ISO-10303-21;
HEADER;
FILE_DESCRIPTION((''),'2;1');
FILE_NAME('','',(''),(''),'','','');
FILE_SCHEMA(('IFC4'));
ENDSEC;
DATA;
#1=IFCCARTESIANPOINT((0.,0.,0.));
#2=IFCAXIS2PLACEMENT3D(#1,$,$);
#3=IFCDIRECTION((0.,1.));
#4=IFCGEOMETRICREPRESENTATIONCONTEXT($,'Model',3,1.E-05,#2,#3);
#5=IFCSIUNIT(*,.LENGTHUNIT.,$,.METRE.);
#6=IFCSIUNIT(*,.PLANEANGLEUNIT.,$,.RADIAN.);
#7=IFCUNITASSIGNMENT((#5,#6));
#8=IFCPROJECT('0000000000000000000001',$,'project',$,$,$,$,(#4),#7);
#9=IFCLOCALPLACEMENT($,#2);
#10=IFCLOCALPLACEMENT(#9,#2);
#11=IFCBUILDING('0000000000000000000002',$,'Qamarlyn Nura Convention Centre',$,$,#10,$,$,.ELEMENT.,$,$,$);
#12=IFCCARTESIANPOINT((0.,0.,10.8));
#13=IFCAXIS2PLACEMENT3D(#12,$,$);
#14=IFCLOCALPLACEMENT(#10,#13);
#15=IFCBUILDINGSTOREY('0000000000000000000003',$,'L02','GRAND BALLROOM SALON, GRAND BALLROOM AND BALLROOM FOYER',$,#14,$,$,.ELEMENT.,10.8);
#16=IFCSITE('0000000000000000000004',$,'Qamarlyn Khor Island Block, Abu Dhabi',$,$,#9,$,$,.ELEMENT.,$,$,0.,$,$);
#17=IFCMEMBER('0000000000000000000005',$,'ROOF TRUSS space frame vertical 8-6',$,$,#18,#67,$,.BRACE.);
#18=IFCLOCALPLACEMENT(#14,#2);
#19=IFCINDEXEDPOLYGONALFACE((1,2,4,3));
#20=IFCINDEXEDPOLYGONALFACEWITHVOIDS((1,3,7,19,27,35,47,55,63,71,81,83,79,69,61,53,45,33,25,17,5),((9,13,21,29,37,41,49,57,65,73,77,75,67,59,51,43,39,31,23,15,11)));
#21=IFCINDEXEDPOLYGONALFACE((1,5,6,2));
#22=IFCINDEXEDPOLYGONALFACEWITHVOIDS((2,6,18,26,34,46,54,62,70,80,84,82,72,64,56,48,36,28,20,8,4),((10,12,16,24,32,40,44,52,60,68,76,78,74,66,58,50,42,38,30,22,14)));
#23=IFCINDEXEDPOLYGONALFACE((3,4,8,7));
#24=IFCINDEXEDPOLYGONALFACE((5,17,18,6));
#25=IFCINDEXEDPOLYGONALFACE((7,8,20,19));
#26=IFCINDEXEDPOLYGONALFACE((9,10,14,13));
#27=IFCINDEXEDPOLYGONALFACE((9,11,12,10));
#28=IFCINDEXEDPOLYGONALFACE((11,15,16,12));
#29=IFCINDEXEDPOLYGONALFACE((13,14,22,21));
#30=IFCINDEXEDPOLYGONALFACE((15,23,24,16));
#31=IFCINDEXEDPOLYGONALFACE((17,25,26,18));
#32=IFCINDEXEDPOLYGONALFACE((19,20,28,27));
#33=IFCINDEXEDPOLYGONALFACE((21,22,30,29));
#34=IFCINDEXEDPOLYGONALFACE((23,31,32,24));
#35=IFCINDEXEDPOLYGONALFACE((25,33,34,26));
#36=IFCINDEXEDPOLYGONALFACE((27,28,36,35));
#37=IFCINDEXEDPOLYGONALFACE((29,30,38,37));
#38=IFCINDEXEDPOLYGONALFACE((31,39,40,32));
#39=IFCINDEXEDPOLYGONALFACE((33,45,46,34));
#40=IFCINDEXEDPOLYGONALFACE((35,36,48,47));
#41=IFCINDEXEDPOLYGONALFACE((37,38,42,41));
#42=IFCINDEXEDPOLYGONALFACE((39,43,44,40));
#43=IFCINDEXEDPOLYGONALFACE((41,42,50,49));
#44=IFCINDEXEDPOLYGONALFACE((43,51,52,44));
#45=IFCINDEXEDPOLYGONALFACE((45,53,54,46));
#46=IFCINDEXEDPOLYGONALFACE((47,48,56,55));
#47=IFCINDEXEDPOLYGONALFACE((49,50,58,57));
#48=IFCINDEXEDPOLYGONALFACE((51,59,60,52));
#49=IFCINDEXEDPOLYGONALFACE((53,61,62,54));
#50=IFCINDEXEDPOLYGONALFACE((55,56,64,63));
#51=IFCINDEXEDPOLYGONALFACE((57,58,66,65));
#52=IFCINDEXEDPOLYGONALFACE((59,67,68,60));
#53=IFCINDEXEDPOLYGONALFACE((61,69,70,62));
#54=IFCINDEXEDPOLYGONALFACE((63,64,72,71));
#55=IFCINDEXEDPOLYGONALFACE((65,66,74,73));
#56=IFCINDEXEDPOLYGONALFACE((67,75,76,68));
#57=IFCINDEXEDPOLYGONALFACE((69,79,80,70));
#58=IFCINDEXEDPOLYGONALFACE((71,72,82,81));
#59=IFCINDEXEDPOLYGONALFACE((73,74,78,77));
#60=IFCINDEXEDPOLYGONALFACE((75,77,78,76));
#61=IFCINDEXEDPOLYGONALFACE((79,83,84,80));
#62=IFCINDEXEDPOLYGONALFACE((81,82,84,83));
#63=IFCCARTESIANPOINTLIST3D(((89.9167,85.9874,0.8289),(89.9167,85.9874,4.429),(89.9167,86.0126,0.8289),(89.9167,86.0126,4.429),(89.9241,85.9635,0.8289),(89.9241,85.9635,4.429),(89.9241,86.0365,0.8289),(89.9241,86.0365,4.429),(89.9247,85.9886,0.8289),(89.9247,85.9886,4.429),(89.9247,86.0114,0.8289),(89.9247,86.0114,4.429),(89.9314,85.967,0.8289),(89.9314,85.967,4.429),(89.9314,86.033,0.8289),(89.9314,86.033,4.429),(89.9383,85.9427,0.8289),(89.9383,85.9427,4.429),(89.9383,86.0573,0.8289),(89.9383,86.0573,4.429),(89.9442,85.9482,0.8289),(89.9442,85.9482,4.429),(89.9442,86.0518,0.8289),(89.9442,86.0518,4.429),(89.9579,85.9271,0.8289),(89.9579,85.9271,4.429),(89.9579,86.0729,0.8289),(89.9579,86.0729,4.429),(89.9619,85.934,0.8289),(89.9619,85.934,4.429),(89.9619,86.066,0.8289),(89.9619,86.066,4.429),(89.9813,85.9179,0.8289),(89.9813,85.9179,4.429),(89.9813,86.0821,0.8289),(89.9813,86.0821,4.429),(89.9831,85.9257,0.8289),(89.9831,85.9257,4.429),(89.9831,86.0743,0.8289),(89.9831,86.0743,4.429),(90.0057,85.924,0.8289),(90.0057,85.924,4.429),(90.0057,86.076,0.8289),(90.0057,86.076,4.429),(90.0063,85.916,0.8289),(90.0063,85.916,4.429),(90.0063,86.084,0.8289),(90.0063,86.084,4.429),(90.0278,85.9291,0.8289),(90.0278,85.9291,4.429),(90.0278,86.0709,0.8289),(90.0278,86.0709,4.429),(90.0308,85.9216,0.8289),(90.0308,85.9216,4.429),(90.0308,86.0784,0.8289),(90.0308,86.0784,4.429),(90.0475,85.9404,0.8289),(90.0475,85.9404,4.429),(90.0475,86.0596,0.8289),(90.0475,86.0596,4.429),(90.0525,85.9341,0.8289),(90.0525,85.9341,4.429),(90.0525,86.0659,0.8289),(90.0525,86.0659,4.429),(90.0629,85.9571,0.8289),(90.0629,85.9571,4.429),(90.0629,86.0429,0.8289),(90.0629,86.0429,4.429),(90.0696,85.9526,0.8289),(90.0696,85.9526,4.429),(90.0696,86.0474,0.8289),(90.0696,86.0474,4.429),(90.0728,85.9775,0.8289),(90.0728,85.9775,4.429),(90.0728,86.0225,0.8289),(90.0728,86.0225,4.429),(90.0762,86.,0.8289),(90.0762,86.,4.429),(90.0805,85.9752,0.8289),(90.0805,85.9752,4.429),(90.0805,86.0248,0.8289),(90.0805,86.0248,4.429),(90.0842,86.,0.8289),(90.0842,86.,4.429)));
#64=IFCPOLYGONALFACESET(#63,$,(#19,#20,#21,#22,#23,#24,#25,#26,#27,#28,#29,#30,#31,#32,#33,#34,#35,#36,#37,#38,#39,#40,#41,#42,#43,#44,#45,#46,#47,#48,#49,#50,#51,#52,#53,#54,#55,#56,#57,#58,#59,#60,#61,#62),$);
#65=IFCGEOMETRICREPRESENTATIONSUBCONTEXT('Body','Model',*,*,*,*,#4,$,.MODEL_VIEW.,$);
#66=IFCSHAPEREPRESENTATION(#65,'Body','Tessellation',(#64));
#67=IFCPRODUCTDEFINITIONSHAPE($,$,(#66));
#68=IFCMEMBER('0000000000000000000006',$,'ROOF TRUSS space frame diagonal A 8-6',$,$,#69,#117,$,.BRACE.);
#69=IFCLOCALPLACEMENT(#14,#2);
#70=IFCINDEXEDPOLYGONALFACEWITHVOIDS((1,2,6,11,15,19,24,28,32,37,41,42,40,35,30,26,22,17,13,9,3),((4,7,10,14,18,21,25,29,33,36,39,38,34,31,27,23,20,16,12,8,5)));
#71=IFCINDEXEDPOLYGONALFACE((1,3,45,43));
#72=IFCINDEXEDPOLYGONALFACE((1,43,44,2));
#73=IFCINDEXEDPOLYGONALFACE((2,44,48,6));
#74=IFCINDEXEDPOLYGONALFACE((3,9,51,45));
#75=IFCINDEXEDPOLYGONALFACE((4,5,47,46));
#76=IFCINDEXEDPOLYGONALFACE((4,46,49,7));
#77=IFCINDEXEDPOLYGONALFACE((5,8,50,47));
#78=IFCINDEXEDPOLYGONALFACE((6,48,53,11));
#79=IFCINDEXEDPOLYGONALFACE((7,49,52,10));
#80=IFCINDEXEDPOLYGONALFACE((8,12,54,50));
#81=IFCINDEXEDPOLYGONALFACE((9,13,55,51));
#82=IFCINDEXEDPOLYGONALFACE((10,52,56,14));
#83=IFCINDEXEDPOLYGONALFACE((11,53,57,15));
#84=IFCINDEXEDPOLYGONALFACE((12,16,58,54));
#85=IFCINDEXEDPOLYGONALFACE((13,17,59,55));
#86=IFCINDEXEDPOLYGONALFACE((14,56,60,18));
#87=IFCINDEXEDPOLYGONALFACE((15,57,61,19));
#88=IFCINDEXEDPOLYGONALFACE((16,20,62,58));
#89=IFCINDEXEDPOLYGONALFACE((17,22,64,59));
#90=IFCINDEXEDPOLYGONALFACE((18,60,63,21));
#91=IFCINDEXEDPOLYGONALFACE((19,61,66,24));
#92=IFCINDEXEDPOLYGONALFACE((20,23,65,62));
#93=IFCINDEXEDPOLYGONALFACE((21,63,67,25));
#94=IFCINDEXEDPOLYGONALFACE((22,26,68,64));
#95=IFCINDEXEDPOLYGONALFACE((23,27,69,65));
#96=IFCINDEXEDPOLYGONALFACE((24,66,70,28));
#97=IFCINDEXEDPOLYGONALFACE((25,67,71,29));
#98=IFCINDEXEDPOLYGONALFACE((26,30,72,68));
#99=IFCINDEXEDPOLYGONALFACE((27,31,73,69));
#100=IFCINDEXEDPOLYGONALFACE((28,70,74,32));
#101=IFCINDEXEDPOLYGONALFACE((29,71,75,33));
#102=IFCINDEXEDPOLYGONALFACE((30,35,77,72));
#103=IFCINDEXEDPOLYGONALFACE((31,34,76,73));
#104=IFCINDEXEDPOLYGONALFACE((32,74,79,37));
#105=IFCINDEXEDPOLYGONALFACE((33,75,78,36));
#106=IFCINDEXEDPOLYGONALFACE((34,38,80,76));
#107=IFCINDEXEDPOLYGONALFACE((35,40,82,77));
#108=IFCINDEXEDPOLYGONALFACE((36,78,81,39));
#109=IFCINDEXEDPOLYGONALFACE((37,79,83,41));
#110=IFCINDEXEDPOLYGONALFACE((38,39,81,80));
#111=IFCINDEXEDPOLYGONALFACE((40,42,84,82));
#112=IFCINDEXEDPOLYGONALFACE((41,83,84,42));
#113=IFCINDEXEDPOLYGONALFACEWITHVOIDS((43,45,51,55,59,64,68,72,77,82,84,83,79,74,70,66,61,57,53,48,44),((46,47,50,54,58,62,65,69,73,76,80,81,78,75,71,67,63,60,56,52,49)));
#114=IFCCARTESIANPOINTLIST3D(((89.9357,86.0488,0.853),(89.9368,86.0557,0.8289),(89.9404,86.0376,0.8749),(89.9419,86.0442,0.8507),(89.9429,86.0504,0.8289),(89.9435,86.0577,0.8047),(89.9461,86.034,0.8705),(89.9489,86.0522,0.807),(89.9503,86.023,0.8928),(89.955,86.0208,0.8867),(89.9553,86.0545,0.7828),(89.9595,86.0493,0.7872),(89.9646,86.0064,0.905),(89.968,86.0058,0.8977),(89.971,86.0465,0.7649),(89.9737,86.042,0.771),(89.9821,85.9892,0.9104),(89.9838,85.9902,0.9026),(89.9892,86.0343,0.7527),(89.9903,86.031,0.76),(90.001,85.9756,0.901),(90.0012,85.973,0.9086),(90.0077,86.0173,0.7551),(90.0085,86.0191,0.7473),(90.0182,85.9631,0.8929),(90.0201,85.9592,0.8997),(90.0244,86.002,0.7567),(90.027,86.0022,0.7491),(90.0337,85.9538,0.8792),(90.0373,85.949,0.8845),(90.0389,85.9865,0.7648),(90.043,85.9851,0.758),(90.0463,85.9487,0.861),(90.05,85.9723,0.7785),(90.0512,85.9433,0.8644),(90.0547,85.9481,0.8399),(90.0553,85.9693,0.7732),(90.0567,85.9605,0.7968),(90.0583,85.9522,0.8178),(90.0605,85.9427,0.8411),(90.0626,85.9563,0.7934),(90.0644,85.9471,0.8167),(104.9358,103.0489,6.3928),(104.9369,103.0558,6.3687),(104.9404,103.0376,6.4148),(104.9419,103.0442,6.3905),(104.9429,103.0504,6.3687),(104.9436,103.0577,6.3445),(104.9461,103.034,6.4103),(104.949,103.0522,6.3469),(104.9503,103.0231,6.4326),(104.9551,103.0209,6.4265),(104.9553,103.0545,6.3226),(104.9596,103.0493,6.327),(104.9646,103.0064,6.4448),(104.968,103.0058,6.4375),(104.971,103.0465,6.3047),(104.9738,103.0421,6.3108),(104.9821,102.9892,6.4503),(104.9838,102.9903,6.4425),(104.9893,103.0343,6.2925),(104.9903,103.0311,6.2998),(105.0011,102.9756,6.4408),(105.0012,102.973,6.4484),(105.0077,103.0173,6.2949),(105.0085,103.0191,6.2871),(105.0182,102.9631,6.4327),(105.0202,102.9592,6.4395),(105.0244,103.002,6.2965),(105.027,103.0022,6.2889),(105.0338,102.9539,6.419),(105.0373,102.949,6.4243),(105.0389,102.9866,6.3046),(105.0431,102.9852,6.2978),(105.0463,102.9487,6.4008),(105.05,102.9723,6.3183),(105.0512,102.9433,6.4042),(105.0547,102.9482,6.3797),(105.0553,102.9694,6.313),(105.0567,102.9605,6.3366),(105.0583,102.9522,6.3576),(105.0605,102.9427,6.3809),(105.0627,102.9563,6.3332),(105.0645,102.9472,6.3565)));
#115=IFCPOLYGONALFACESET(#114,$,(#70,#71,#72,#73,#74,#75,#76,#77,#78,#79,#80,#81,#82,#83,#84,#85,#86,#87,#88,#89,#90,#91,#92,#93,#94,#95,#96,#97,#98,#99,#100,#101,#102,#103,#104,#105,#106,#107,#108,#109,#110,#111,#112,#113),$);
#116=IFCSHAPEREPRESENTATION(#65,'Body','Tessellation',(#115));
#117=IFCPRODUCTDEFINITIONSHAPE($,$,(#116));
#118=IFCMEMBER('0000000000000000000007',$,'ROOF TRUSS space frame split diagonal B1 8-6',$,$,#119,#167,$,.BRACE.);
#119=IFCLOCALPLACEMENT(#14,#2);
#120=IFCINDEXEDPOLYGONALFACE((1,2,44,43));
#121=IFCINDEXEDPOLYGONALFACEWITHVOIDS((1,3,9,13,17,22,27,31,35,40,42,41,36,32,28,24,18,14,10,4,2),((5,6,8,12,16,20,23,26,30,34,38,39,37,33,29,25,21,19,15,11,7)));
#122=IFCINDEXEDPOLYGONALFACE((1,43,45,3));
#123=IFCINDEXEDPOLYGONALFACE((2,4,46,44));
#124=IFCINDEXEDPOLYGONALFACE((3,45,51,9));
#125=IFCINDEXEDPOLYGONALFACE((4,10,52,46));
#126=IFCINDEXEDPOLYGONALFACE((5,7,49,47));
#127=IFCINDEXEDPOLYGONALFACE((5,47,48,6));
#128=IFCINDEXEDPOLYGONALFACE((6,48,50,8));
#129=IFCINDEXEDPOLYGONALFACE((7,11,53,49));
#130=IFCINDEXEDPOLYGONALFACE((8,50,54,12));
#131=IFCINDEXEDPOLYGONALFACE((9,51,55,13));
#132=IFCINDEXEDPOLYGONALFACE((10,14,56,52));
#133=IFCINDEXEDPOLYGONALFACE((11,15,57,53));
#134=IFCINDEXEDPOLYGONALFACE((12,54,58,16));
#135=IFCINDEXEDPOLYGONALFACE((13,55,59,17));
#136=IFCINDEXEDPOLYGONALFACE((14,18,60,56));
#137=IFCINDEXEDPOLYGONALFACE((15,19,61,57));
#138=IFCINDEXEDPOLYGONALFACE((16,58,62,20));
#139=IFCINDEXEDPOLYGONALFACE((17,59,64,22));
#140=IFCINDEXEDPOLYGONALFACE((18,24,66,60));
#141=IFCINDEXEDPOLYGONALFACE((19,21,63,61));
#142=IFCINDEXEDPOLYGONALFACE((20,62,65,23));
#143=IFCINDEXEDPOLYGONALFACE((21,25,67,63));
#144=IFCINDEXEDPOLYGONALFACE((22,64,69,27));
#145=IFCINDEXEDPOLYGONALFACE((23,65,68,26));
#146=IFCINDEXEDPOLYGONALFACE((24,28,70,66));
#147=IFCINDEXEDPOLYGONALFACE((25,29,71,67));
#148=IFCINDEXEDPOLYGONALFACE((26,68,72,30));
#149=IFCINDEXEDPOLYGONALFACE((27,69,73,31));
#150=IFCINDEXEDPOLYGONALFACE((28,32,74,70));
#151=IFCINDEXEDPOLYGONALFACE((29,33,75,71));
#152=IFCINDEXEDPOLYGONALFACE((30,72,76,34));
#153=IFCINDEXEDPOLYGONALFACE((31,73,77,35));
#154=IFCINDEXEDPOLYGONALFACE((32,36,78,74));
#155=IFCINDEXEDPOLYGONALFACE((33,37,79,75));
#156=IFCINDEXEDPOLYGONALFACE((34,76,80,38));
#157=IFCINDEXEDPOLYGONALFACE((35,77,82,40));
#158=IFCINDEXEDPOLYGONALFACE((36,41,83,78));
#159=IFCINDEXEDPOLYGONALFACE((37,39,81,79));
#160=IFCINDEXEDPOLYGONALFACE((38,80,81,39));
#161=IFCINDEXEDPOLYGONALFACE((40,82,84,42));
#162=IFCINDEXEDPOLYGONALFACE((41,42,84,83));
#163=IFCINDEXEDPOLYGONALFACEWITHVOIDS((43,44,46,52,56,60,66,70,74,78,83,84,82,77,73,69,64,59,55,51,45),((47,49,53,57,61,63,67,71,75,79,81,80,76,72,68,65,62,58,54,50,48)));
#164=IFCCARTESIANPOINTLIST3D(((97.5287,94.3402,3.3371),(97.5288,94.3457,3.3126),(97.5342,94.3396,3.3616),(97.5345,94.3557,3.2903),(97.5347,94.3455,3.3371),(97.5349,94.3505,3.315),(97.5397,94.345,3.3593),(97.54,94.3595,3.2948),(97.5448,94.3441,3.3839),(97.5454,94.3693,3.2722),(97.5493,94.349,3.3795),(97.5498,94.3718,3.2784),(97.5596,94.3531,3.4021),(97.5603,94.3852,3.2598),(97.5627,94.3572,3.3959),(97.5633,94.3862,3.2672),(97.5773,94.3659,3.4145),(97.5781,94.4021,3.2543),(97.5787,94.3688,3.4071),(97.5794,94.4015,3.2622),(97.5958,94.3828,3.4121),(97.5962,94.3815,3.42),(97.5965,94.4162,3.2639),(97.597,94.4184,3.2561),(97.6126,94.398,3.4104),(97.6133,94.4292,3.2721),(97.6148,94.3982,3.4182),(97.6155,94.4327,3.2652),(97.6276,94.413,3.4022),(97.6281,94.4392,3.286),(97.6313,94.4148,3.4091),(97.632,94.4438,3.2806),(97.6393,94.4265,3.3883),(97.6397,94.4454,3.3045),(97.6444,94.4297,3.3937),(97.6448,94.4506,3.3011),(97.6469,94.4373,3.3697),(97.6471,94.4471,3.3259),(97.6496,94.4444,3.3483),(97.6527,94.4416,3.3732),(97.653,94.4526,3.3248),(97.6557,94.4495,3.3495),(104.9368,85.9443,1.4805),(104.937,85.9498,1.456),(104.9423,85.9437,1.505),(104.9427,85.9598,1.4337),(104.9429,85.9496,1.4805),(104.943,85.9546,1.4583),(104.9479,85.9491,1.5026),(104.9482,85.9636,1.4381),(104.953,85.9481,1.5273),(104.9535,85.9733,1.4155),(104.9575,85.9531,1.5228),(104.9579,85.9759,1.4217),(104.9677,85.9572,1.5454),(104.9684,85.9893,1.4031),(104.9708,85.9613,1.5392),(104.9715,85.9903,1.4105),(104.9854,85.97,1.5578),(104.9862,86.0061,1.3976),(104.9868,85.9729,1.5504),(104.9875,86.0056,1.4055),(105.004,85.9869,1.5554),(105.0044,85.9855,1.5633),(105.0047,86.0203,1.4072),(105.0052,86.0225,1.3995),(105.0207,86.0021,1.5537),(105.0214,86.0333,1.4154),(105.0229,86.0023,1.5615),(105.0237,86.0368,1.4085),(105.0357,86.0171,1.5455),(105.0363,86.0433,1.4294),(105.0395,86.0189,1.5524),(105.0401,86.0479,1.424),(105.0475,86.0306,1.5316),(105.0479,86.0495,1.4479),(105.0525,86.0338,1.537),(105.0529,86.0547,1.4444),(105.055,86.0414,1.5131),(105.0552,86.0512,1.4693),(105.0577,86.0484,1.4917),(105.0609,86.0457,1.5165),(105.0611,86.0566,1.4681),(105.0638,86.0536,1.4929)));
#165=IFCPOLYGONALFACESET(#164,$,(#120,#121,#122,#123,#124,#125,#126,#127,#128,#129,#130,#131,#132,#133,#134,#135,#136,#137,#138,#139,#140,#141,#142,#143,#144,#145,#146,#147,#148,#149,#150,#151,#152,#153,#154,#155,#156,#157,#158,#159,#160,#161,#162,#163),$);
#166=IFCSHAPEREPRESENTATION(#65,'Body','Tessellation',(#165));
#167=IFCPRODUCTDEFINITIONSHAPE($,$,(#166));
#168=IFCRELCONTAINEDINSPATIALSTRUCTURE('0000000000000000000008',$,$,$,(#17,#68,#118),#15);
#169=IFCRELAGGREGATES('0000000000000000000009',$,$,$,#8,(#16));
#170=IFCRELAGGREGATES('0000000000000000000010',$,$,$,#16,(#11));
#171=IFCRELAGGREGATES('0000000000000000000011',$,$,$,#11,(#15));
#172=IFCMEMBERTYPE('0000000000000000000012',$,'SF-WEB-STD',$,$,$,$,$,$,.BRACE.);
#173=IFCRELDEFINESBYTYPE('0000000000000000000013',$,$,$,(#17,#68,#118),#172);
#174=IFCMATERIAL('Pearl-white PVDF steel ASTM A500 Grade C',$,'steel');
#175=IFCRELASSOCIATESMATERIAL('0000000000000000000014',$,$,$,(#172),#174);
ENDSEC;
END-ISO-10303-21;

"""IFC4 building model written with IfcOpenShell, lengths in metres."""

from ifc_helpers import new_model, si_unit, direction, frame, origin, origin_2d, place, context, subcontext, project, spatial, hollow_circle, extrude, material, material_profile, profile_set, type_object, element, save


model = new_model("IFC4")

# Units and contexts
model_context = context("Model", 3, precision=1e-05, world=origin(), true_north=direction((0.0, 1.0)))
body_context = subcontext(model_context, "Body", "Model", "MODEL_VIEW")
ifc_project = project(units=[si_unit("LENGTHUNIT", "METRE"), si_unit("PLANEANGLEUNIT", "RADIAN")], contexts=[model_context])

# Site, building, storey
site_placement = place(None, origin())
site = spatial("IfcSite", under=ifc_project, at=site_placement, Name="Qamarlyn Khor Island Block, Abu Dhabi", CompositionType="ELEMENT", RefElevation=0.0)
building_placement = place(site_placement, origin())
building = spatial("IfcBuilding", under=site, at=building_placement, Name="Qamarlyn Nura Convention Centre", CompositionType="ELEMENT")
storey_placement = place(building_placement, frame((0.0, 0.0, 10.8)))
storey = spatial("IfcBuildingStorey", under=building, at=storey_placement, Name="L02", Description="GRAND BALLROOM SALON, GRAND BALLROOM AND BALLROOM FOYER", CompositionType="ELEMENT", Elevation=10.8)

# Members
ifc_material_1 = material(Name="Pearl-white PVDF steel ASTM A500 Grade C", Category="steel")
ifc_material_profile_1 = material_profile(ifc_material_1, hollow_circle(Radius=0.0842, WallThickness=0.0081, at=origin_2d()), Name="CHS168.3X8")
ifc_profile_set_1 = profile_set([ifc_material_profile_1], Name="Pearl-white PVDF steel ASTM A500 Grade C")
member_type_1 = type_object("IfcMemberType", Name="SF-WEB-STD", PredefinedType="BRACE", material=ifc_profile_set_1)
member_1_placement = place(storey_placement, frame((90.0, 86.0, 0.8289), z_axis=(0.0, 0.0, 1.0), x_axis=(1.0, 0.0, 0.0)))
element("IfcMember", 1, at=member_1_placement, inside=storey, type_object=member_type_1, Name="ROOF TRUSS space frame vertical 8-6", PredefinedType="BRACE", context=body_context, shape_type="SweptSolid", body=[
    extrude(hollow_circle(Radius=0.0842, WallThickness=0.0081, at=origin_2d()), origin(), (0.0, 0.0, 1.0), 3.6001),
])
member_2_placement = place(storey_placement, frame((90.0, 86.0, 0.8289), z_axis=(0.642713, 0.728408, 0.237366), x_axis=(-0.749838, 0.661622, 0.0)))
element("IfcMember", 2, at=member_2_placement, inside=storey, type_object=member_type_1, Name="ROOF TRUSS space frame diagonal A 8-6", PredefinedType="BRACE", context=body_context, shape_type="SweptSolid", body=[
    extrude(hollow_circle(Radius=0.0842, WallThickness=0.0081, at=origin_2d()), origin(), (0.0, 0.0, 1.0), 23.3386),
])
member_3_placement = place(storey_placement, frame((105.0, 86.0, 1.4805), z_axis=(-0.652708, 0.739738, 0.163586), x_axis=(-0.749839, -0.66162, 0.0)))
element("IfcMember", 3, at=member_3_placement, inside=storey, type_object=member_type_1, Name="ROOF TRUSS space frame split diagonal B1 8-6", PredefinedType="BRACE", context=body_context, shape_type="SweptSolid", body=[
    extrude(hollow_circle(Radius=0.0842, WallThickness=0.0081, at=origin_2d()), origin(), (0.0, 0.0, 1.0), 11.3499),
])

save(model, "model.ifc")
